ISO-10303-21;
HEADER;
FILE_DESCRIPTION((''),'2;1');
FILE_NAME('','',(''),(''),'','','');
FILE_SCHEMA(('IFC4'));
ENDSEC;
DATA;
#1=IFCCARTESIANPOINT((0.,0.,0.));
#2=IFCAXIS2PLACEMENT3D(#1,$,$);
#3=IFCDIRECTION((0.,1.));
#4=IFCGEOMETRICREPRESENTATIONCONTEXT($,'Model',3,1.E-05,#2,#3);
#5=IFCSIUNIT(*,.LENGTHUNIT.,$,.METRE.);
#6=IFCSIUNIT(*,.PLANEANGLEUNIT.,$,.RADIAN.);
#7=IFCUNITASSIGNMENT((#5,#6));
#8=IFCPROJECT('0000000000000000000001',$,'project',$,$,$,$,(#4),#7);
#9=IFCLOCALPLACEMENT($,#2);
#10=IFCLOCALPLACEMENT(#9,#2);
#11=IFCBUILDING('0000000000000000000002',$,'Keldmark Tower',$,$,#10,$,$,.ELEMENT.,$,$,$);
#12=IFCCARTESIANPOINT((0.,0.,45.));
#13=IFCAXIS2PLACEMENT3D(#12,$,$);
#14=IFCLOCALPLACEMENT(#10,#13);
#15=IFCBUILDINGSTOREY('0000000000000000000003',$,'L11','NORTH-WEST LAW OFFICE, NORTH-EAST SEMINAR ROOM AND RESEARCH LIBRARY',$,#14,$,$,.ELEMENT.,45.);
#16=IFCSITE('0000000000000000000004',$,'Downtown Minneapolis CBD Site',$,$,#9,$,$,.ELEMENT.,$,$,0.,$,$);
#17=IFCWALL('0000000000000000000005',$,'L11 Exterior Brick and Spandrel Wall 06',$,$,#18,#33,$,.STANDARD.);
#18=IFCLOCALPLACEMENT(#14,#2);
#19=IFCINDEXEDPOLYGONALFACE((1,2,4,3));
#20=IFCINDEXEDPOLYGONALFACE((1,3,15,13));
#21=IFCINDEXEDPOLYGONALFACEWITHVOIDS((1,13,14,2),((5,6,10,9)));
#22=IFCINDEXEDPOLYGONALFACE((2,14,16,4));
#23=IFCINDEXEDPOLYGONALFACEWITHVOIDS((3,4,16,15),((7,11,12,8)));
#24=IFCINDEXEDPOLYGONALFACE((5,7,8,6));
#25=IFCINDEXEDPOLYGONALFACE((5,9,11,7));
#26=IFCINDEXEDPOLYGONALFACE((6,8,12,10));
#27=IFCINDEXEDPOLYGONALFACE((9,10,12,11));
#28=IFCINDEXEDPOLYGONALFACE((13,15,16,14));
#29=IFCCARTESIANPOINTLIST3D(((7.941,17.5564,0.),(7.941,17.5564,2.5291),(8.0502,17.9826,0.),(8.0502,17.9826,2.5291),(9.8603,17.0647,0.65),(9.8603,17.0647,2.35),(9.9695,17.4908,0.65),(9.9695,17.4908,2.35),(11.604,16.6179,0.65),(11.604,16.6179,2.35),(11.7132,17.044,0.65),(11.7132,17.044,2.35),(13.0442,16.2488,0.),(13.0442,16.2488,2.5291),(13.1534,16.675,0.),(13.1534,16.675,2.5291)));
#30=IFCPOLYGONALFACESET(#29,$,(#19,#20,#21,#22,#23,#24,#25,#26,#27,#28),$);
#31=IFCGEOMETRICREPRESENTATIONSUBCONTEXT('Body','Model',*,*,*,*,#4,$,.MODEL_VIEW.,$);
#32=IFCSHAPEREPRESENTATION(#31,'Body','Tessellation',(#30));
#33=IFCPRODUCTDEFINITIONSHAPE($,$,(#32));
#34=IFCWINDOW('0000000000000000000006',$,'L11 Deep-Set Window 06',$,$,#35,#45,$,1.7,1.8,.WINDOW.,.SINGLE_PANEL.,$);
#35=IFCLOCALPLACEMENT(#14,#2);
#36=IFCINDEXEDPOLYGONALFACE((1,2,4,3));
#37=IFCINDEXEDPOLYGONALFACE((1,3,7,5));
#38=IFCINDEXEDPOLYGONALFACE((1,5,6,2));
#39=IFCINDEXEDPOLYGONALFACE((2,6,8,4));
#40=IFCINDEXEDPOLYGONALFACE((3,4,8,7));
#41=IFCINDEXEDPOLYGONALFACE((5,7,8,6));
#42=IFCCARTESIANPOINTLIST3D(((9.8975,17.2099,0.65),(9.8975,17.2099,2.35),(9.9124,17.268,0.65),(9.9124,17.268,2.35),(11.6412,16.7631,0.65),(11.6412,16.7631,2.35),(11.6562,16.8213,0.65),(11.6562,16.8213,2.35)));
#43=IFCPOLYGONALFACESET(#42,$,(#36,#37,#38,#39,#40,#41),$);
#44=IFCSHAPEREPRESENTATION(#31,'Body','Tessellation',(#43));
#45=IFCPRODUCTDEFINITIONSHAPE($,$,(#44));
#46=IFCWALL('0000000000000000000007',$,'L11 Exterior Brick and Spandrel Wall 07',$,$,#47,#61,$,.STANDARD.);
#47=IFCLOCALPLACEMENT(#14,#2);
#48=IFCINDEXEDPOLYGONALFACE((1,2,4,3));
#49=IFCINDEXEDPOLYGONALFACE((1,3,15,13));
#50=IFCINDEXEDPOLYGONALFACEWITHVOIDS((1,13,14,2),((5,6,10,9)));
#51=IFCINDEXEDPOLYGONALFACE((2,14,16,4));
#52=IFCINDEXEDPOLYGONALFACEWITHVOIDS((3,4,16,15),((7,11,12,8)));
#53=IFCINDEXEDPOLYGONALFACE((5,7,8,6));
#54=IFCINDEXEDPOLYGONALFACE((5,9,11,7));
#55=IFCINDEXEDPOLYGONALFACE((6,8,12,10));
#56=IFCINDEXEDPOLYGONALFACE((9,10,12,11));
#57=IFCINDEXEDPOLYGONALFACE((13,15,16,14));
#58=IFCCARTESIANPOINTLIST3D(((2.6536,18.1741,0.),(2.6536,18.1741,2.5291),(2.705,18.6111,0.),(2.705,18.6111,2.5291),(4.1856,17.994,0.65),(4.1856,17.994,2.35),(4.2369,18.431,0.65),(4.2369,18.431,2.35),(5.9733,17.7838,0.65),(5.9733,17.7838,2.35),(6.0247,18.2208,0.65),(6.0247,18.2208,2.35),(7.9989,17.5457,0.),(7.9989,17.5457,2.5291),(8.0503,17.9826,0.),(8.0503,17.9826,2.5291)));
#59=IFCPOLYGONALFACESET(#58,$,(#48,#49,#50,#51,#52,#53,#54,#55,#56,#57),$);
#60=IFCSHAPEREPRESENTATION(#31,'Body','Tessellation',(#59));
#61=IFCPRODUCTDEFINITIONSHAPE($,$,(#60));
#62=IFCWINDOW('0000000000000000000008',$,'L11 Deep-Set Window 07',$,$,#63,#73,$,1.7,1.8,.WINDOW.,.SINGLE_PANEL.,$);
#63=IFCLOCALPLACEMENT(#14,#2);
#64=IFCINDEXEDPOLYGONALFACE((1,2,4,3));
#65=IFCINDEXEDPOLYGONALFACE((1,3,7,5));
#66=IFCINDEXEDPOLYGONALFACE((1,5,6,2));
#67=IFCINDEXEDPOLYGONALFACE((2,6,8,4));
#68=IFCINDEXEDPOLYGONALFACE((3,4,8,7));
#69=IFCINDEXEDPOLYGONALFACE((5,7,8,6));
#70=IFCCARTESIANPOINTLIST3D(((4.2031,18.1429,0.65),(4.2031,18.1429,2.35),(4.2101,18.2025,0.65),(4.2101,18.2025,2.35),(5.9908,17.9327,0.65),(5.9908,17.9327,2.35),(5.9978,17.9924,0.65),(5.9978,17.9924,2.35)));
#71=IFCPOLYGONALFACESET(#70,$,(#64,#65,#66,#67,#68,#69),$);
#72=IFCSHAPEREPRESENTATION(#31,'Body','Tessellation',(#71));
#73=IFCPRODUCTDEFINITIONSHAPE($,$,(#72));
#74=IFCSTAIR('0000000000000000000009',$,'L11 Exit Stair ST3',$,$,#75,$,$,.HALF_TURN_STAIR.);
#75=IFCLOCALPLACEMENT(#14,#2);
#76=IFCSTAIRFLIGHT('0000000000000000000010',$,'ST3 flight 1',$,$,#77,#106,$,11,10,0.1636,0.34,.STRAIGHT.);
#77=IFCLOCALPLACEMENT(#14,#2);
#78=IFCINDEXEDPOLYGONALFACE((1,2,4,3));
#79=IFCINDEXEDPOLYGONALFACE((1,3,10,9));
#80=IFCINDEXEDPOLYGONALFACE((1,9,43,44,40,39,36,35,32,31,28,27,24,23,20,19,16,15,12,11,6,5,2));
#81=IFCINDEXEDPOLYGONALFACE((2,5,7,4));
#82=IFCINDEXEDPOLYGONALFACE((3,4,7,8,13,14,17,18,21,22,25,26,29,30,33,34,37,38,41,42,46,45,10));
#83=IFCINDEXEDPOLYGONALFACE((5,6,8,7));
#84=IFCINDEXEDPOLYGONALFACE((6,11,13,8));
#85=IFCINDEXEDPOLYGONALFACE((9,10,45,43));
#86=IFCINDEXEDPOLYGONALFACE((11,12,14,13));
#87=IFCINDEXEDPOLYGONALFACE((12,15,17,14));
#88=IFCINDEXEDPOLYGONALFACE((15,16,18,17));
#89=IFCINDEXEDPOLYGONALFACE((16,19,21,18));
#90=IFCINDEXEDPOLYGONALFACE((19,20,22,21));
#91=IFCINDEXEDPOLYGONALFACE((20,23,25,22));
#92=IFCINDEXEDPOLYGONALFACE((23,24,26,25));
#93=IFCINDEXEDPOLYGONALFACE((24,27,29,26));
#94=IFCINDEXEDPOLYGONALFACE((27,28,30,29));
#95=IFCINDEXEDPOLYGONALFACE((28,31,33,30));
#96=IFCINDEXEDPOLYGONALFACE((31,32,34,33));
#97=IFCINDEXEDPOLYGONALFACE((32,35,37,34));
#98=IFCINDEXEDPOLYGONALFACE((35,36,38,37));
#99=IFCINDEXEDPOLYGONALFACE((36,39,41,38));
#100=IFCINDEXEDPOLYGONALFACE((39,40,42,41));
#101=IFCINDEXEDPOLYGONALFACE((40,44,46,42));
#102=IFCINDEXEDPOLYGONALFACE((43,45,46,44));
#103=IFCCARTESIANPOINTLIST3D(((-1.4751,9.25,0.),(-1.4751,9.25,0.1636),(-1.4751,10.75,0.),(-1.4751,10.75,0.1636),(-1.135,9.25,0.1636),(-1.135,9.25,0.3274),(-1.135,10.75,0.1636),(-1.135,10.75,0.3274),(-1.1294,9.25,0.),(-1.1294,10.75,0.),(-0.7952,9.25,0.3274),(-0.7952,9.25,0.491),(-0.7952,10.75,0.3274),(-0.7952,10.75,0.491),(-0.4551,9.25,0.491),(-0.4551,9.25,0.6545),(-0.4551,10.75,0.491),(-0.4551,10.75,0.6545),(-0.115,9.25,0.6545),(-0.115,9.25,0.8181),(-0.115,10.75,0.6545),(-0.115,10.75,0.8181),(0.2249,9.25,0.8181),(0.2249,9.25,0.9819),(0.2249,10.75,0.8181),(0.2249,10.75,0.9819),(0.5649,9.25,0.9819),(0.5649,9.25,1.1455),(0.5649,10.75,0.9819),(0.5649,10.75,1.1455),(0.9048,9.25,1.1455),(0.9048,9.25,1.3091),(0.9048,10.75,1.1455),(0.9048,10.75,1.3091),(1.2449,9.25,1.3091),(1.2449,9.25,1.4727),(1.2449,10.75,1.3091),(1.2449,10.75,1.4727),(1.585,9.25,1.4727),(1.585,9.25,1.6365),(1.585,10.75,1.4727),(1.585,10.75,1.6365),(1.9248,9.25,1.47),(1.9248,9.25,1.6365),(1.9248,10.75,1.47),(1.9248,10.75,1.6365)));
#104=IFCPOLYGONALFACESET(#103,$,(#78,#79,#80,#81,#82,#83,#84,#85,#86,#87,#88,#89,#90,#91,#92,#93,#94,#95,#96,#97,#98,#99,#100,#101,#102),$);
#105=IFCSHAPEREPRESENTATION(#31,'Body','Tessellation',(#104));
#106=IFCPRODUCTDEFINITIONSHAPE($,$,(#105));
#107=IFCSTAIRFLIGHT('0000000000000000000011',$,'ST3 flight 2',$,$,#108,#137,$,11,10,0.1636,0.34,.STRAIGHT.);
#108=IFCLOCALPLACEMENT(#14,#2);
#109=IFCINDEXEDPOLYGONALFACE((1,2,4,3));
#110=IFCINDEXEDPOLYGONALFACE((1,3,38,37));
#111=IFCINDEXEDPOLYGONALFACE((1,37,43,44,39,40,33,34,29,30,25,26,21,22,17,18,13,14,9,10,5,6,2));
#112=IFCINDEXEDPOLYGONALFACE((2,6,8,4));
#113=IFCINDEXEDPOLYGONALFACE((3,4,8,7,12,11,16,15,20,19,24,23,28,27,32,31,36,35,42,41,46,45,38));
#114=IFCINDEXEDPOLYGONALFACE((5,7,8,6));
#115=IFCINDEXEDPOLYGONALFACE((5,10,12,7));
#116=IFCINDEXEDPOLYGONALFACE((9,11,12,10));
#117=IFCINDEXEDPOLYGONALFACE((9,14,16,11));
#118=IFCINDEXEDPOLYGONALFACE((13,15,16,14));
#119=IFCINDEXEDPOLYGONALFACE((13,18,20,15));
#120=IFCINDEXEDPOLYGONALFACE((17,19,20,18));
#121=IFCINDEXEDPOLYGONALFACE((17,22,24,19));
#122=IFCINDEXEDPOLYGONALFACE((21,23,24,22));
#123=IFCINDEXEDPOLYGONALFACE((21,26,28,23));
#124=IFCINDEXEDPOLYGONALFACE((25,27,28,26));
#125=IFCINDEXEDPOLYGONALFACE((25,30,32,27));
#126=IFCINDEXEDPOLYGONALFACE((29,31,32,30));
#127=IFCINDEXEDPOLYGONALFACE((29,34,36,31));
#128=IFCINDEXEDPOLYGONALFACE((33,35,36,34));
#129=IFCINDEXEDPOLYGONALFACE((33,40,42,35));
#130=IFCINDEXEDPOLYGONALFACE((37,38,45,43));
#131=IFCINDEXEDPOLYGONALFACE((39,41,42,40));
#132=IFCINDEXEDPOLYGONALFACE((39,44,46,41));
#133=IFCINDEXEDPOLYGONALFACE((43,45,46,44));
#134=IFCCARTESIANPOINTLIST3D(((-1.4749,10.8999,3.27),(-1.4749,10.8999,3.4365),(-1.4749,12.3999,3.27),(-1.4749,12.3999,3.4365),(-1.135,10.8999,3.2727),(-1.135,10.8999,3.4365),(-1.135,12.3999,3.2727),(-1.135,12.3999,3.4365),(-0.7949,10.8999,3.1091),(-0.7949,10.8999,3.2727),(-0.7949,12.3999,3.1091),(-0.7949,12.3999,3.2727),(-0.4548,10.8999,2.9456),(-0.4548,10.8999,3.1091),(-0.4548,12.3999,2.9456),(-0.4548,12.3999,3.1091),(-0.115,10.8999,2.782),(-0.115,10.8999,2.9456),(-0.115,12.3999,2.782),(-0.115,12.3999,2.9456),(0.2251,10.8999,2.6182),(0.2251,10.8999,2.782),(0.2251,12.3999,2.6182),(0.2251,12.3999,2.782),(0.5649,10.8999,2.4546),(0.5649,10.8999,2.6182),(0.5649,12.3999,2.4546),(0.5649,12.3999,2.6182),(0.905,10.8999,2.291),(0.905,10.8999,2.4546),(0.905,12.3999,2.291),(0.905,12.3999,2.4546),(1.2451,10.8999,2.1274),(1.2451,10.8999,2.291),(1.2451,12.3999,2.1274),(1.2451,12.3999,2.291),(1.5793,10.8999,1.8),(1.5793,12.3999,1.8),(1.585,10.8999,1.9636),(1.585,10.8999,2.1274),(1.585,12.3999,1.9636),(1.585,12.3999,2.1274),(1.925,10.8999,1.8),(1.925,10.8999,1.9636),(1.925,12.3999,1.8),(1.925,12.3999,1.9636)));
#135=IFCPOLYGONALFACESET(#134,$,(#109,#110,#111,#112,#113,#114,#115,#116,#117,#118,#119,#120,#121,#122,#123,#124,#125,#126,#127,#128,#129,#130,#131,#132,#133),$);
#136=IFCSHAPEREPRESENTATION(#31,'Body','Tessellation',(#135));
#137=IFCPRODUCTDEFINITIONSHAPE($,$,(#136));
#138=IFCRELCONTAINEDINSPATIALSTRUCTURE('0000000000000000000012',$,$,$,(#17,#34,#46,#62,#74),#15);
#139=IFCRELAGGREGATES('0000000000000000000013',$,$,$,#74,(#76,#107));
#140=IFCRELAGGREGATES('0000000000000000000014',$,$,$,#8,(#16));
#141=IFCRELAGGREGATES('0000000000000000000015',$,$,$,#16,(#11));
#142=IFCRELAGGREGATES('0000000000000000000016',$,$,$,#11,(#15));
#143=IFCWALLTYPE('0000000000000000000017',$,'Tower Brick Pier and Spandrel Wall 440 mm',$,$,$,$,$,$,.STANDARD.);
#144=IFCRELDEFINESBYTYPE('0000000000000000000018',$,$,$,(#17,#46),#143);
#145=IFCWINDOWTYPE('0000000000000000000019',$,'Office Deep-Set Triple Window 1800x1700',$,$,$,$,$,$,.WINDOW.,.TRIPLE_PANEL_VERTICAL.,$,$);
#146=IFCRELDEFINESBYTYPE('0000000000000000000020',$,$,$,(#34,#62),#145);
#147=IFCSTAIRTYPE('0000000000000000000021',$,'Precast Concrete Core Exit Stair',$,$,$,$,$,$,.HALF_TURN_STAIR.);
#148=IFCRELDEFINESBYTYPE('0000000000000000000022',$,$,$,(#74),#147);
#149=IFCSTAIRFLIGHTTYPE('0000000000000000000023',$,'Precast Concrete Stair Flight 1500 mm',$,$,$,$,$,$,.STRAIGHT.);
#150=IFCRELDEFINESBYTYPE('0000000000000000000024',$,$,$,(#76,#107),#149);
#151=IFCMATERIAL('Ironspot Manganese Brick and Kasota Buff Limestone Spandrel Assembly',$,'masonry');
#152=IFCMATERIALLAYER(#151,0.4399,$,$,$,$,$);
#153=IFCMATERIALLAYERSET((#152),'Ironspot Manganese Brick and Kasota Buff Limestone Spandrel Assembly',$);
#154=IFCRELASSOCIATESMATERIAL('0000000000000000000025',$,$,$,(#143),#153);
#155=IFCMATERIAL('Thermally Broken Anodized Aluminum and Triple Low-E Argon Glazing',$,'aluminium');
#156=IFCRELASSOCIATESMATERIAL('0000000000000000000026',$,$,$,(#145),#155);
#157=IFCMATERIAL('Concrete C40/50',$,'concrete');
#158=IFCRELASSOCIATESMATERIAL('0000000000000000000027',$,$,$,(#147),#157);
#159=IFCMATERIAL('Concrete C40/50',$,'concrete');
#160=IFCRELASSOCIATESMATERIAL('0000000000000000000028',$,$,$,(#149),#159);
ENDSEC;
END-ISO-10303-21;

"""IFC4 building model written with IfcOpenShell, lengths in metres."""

from ifc_helpers import new_model, si_unit, direction, frame, frame_2d, origin, place, context, subcontext, project, spatial, polyline, rectangle, outline, extrude, material, layer, layer_set, type_object, element, fill, aggregate, save


model = new_model("IFC4")

# Units and contexts
model_context = context("Model", 3, precision=1e-05, world=origin(), true_north=direction((0.0, 1.0)))
body_context = subcontext(model_context, "Body", "Model", "MODEL_VIEW")
ifc_project = project(units=[si_unit("LENGTHUNIT", "METRE"), si_unit("PLANEANGLEUNIT", "RADIAN")], contexts=[model_context])

# Site, building, storey
site_placement = place(None, origin())
site = spatial("IfcSite", under=ifc_project, at=site_placement, Name="Downtown Minneapolis CBD Site", CompositionType="ELEMENT", RefElevation=0.0)
building_placement = place(site_placement, origin())
building = spatial("IfcBuilding", under=site, at=building_placement, Name="Keldmark Tower", CompositionType="ELEMENT")
storey_placement = place(building_placement, frame((0.0, 0.0, 45.0)))
storey = spatial("IfcBuildingStorey", under=building, at=storey_placement, Name="L11", Description="NORTH-WEST LAW OFFICE, NORTH-EAST SEMINAR ROOM AND RESEARCH LIBRARY", CompositionType="ELEMENT", Elevation=45.0)

# Walls, openings, windows
ifc_material_1 = material(Name="Ironspot Manganese Brick and Kasota Buff Limestone Spandrel Assembly", Category="masonry")
ifc_layer_1 = layer(ifc_material_1, 0.4399)
ifc_layer_set_1 = layer_set([ifc_layer_1], Name="Ironspot Manganese Brick and Kasota Buff Limestone Spandrel Assembly")
wall_type_1 = type_object("IfcWallType", Name="Tower Brick Pier and Spandrel Wall 440 mm", PredefinedType="STANDARD", material=ifc_layer_set_1)
wall_1_placement = place(storey_placement, frame((7.9956, 17.7695, 0.0), z_axis=(0.0, 0.0, 1.0), x_axis=(0.968706, -0.248213, 0.0)))
wall_1 = element("IfcWall", 1, at=wall_1_placement, inside=storey, type_object=wall_type_1, Name="L11 Exterior Brick and Spandrel Wall 06", PredefinedType="STANDARD", context=body_context, shape_type="SweptSolid", body=[
    extrude(rectangle(XDim=5.2681, YDim=0.4399, at=frame_2d((2.634, 0.0))), origin(), (0.0, 0.0, 1.0), 2.5291),
])
opening_1_placement = place(wall_1_placement, frame((1.9814, 0.0, 0.6499)))
opening_1 = element("IfcOpeningElement", 2, at=opening_1_placement, cuts=wall_1, PredefinedType="OPENING", context=body_context, shape_type="SweptSolid", body=[
    extrude(rectangle(XDim=1.8, YDim=1.7, at=frame_2d((0.8999, 0.8501))), frame((0.0, 0.23, 0.0), z_axis=(0.0, -1.0, 0.0), x_axis=(1.0, 0.0, 0.0)), (0.0, 0.0, 1.0), 0.46),
])
ifc_material_2 = material(Name="Thermally Broken Anodized Aluminum and Triple Low-E Argon Glazing", Category="aluminium")
window_type = type_object("IfcWindowType", Name="Office Deep-Set Triple Window 1800x1700", PartitioningType="TRIPLE_PANEL_VERTICAL", PredefinedType="WINDOW", material=ifc_material_2)
window_1_placement = place(opening_1_placement, origin())
window_1 = element("IfcWindow", 3, at=window_1_placement, inside=storey, type_object=window_type, Name="L11 Deep-Set Window 06", OverallHeight=1.7, OverallWidth=1.8, PartitioningType="SINGLE_PANEL", PredefinedType="WINDOW", context=body_context, shape_type="SweptSolid", body=[
    extrude(rectangle(XDim=1.8, YDim=1.7, at=frame_2d((0.8999, 0.8501))), frame((0.0, -0.01, 0.0), z_axis=(0.0, -1.0, 0.0), x_axis=(1.0, 0.0, 0.0)), (0.0, 0.0, 1.0), 0.0601),
])
fill(opening_1, window_1)
wall_2_placement = place(storey_placement, frame((2.6794, 18.3926, 0.0), z_axis=(0.0, 0.0, 1.0), x_axis=(0.99316, -0.116762, 0.0)))
wall_2 = element("IfcWall", 4, at=wall_2_placement, inside=storey, type_object=wall_type_1, Name="L11 Exterior Brick and Spandrel Wall 07", PredefinedType="STANDARD", context=body_context, shape_type="SweptSolid", body=[
    extrude(rectangle(XDim=5.3821, YDim=0.4399, at=frame_2d((2.6909, 0.0))), origin(), (0.0, 0.0, 1.0), 2.5291),
])
opening_2_placement = place(wall_2_placement, frame((1.5425, 0.0, 0.6499)))
opening_2 = element("IfcOpeningElement", 5, at=opening_2_placement, cuts=wall_2, PredefinedType="OPENING", context=body_context, shape_type="SweptSolid", body=[
    extrude(rectangle(XDim=1.8, YDim=1.7, at=frame_2d((0.8999, 0.8501))), frame((0.0, 0.23, 0.0), z_axis=(0.0, -1.0, 0.0), x_axis=(1.0, 0.0, 0.0)), (0.0, 0.0, 1.0), 0.46),
])
window_2_placement = place(opening_2_placement, origin())
window_2 = element("IfcWindow", 6, at=window_2_placement, inside=storey, type_object=window_type, Name="L11 Deep-Set Window 07", OverallHeight=1.7, OverallWidth=1.8, PartitioningType="SINGLE_PANEL", PredefinedType="WINDOW", context=body_context, shape_type="SweptSolid", body=[
    extrude(rectangle(XDim=1.8, YDim=1.7, at=frame_2d((0.8999, 0.8501))), frame((0.0, -0.01, 0.0), z_axis=(0.0, -1.0, 0.0), x_axis=(1.0, 0.0, 0.0)), (0.0, 0.0, 1.0), 0.0601),
])
fill(opening_2, window_2)

# Stair, stair flights
ifc_material_3 = material(Name="Concrete C40/50", Category="concrete")
stair_type = type_object("IfcStairType", Name="Precast Concrete Core Exit Stair", PredefinedType="HALF_TURN_STAIR", material=ifc_material_3)
stair_placement = place(storey_placement, origin())
stair = element("IfcStair", 7, at=stair_placement, inside=storey, type_object=stair_type, Name="L11 Exit Stair ST3", PredefinedType="HALF_TURN_STAIR")
ifc_material_4 = material(Name="Concrete C40/50", Category="concrete")
stair_flight_type = type_object("IfcStairFlightType", Name="Precast Concrete Stair Flight 1500 mm", PredefinedType="STRAIGHT", material=ifc_material_4)
stair_flight_1_placement = place(storey_placement, frame((-1.4751, 10.0, 0.0), z_axis=(0.0, 0.0, 1.0), x_axis=(1.0, 0.0, 0.0)))
stair_flight_1 = element("IfcStairFlight", 8, at=stair_flight_1_placement, type_object=stair_flight_type, Name="ST3 flight 1", NumberOfRisers=11, NumberOfTreads=10, PredefinedType="STRAIGHT", RiserHeight=0.1636, TreadLength=0.34, context=body_context, shape_type="SweptSolid", body=[
    extrude(outline(polyline([(0.0, 0.0), (0.0, 0.1636), (0.3401, 0.1636), (0.3401, 0.3274), (0.6799, 0.3274), (0.6799, 0.491), (1.02, 0.491), (1.02, 0.6545), (1.3601, 0.6545), (1.3601, 0.8181), (1.7, 0.8181), (1.7, 0.9819), (2.04, 0.9819), (2.04, 1.1455), (2.3799, 1.1455), (2.3799, 1.3091), (2.72, 1.3091), (2.72, 1.4727), (3.0601, 1.4727), (3.0601, 1.6365), (3.3999, 1.6365), (3.3999, 1.8), (3.3999, 1.47), (0.3457, 0.0), (0.0, 0.0)])), frame((0.0, 0.75, 0.0), z_axis=(0.0, -1.0, 0.0), x_axis=(1.0, 0.0, 0.0)), (0.0, 0.0, 1.0), 1.5),
])
stair_flight_2_placement = place(storey_placement, frame((1.925, 11.6499, 1.8), z_axis=(0.0, 0.0, 1.0), x_axis=(-1.0, 0.0, 0.0)))
stair_flight_2 = element("IfcStairFlight", 9, at=stair_flight_2_placement, type_object=stair_flight_type, Name="ST3 flight 2", NumberOfRisers=11, NumberOfTreads=10, PredefinedType="STRAIGHT", RiserHeight=0.1636, TreadLength=0.34, context=body_context, shape_type="SweptSolid", body=[
    extrude(outline(polyline([(0.0, 0.0), (0.0, 0.1636), (0.3401, 0.1636), (0.3401, 0.3274), (0.6799, 0.3274), (0.6799, 0.491), (1.02, 0.491), (1.02, 0.6545), (1.3601, 0.6545), (1.3601, 0.8181), (1.7, 0.8181), (1.7, 0.9819), (2.04, 0.9819), (2.04, 1.1455), (2.3799, 1.1455), (2.3799, 1.3091), (2.72, 1.3091), (2.72, 1.4727), (3.0601, 1.4727), (3.0601, 1.6365), (3.3999, 1.6365), (3.3999, 1.8), (3.3999, 1.47), (0.3457, 0.0), (0.0, 0.0)])), frame((0.0, 0.75, 0.0), z_axis=(0.0, -1.0, 0.0), x_axis=(1.0, 0.0, 0.0)), (0.0, 0.0, 1.0), 1.5),
])
aggregate(stair, [stair_flight_1, stair_flight_2])

save(model, "model.ifc")
